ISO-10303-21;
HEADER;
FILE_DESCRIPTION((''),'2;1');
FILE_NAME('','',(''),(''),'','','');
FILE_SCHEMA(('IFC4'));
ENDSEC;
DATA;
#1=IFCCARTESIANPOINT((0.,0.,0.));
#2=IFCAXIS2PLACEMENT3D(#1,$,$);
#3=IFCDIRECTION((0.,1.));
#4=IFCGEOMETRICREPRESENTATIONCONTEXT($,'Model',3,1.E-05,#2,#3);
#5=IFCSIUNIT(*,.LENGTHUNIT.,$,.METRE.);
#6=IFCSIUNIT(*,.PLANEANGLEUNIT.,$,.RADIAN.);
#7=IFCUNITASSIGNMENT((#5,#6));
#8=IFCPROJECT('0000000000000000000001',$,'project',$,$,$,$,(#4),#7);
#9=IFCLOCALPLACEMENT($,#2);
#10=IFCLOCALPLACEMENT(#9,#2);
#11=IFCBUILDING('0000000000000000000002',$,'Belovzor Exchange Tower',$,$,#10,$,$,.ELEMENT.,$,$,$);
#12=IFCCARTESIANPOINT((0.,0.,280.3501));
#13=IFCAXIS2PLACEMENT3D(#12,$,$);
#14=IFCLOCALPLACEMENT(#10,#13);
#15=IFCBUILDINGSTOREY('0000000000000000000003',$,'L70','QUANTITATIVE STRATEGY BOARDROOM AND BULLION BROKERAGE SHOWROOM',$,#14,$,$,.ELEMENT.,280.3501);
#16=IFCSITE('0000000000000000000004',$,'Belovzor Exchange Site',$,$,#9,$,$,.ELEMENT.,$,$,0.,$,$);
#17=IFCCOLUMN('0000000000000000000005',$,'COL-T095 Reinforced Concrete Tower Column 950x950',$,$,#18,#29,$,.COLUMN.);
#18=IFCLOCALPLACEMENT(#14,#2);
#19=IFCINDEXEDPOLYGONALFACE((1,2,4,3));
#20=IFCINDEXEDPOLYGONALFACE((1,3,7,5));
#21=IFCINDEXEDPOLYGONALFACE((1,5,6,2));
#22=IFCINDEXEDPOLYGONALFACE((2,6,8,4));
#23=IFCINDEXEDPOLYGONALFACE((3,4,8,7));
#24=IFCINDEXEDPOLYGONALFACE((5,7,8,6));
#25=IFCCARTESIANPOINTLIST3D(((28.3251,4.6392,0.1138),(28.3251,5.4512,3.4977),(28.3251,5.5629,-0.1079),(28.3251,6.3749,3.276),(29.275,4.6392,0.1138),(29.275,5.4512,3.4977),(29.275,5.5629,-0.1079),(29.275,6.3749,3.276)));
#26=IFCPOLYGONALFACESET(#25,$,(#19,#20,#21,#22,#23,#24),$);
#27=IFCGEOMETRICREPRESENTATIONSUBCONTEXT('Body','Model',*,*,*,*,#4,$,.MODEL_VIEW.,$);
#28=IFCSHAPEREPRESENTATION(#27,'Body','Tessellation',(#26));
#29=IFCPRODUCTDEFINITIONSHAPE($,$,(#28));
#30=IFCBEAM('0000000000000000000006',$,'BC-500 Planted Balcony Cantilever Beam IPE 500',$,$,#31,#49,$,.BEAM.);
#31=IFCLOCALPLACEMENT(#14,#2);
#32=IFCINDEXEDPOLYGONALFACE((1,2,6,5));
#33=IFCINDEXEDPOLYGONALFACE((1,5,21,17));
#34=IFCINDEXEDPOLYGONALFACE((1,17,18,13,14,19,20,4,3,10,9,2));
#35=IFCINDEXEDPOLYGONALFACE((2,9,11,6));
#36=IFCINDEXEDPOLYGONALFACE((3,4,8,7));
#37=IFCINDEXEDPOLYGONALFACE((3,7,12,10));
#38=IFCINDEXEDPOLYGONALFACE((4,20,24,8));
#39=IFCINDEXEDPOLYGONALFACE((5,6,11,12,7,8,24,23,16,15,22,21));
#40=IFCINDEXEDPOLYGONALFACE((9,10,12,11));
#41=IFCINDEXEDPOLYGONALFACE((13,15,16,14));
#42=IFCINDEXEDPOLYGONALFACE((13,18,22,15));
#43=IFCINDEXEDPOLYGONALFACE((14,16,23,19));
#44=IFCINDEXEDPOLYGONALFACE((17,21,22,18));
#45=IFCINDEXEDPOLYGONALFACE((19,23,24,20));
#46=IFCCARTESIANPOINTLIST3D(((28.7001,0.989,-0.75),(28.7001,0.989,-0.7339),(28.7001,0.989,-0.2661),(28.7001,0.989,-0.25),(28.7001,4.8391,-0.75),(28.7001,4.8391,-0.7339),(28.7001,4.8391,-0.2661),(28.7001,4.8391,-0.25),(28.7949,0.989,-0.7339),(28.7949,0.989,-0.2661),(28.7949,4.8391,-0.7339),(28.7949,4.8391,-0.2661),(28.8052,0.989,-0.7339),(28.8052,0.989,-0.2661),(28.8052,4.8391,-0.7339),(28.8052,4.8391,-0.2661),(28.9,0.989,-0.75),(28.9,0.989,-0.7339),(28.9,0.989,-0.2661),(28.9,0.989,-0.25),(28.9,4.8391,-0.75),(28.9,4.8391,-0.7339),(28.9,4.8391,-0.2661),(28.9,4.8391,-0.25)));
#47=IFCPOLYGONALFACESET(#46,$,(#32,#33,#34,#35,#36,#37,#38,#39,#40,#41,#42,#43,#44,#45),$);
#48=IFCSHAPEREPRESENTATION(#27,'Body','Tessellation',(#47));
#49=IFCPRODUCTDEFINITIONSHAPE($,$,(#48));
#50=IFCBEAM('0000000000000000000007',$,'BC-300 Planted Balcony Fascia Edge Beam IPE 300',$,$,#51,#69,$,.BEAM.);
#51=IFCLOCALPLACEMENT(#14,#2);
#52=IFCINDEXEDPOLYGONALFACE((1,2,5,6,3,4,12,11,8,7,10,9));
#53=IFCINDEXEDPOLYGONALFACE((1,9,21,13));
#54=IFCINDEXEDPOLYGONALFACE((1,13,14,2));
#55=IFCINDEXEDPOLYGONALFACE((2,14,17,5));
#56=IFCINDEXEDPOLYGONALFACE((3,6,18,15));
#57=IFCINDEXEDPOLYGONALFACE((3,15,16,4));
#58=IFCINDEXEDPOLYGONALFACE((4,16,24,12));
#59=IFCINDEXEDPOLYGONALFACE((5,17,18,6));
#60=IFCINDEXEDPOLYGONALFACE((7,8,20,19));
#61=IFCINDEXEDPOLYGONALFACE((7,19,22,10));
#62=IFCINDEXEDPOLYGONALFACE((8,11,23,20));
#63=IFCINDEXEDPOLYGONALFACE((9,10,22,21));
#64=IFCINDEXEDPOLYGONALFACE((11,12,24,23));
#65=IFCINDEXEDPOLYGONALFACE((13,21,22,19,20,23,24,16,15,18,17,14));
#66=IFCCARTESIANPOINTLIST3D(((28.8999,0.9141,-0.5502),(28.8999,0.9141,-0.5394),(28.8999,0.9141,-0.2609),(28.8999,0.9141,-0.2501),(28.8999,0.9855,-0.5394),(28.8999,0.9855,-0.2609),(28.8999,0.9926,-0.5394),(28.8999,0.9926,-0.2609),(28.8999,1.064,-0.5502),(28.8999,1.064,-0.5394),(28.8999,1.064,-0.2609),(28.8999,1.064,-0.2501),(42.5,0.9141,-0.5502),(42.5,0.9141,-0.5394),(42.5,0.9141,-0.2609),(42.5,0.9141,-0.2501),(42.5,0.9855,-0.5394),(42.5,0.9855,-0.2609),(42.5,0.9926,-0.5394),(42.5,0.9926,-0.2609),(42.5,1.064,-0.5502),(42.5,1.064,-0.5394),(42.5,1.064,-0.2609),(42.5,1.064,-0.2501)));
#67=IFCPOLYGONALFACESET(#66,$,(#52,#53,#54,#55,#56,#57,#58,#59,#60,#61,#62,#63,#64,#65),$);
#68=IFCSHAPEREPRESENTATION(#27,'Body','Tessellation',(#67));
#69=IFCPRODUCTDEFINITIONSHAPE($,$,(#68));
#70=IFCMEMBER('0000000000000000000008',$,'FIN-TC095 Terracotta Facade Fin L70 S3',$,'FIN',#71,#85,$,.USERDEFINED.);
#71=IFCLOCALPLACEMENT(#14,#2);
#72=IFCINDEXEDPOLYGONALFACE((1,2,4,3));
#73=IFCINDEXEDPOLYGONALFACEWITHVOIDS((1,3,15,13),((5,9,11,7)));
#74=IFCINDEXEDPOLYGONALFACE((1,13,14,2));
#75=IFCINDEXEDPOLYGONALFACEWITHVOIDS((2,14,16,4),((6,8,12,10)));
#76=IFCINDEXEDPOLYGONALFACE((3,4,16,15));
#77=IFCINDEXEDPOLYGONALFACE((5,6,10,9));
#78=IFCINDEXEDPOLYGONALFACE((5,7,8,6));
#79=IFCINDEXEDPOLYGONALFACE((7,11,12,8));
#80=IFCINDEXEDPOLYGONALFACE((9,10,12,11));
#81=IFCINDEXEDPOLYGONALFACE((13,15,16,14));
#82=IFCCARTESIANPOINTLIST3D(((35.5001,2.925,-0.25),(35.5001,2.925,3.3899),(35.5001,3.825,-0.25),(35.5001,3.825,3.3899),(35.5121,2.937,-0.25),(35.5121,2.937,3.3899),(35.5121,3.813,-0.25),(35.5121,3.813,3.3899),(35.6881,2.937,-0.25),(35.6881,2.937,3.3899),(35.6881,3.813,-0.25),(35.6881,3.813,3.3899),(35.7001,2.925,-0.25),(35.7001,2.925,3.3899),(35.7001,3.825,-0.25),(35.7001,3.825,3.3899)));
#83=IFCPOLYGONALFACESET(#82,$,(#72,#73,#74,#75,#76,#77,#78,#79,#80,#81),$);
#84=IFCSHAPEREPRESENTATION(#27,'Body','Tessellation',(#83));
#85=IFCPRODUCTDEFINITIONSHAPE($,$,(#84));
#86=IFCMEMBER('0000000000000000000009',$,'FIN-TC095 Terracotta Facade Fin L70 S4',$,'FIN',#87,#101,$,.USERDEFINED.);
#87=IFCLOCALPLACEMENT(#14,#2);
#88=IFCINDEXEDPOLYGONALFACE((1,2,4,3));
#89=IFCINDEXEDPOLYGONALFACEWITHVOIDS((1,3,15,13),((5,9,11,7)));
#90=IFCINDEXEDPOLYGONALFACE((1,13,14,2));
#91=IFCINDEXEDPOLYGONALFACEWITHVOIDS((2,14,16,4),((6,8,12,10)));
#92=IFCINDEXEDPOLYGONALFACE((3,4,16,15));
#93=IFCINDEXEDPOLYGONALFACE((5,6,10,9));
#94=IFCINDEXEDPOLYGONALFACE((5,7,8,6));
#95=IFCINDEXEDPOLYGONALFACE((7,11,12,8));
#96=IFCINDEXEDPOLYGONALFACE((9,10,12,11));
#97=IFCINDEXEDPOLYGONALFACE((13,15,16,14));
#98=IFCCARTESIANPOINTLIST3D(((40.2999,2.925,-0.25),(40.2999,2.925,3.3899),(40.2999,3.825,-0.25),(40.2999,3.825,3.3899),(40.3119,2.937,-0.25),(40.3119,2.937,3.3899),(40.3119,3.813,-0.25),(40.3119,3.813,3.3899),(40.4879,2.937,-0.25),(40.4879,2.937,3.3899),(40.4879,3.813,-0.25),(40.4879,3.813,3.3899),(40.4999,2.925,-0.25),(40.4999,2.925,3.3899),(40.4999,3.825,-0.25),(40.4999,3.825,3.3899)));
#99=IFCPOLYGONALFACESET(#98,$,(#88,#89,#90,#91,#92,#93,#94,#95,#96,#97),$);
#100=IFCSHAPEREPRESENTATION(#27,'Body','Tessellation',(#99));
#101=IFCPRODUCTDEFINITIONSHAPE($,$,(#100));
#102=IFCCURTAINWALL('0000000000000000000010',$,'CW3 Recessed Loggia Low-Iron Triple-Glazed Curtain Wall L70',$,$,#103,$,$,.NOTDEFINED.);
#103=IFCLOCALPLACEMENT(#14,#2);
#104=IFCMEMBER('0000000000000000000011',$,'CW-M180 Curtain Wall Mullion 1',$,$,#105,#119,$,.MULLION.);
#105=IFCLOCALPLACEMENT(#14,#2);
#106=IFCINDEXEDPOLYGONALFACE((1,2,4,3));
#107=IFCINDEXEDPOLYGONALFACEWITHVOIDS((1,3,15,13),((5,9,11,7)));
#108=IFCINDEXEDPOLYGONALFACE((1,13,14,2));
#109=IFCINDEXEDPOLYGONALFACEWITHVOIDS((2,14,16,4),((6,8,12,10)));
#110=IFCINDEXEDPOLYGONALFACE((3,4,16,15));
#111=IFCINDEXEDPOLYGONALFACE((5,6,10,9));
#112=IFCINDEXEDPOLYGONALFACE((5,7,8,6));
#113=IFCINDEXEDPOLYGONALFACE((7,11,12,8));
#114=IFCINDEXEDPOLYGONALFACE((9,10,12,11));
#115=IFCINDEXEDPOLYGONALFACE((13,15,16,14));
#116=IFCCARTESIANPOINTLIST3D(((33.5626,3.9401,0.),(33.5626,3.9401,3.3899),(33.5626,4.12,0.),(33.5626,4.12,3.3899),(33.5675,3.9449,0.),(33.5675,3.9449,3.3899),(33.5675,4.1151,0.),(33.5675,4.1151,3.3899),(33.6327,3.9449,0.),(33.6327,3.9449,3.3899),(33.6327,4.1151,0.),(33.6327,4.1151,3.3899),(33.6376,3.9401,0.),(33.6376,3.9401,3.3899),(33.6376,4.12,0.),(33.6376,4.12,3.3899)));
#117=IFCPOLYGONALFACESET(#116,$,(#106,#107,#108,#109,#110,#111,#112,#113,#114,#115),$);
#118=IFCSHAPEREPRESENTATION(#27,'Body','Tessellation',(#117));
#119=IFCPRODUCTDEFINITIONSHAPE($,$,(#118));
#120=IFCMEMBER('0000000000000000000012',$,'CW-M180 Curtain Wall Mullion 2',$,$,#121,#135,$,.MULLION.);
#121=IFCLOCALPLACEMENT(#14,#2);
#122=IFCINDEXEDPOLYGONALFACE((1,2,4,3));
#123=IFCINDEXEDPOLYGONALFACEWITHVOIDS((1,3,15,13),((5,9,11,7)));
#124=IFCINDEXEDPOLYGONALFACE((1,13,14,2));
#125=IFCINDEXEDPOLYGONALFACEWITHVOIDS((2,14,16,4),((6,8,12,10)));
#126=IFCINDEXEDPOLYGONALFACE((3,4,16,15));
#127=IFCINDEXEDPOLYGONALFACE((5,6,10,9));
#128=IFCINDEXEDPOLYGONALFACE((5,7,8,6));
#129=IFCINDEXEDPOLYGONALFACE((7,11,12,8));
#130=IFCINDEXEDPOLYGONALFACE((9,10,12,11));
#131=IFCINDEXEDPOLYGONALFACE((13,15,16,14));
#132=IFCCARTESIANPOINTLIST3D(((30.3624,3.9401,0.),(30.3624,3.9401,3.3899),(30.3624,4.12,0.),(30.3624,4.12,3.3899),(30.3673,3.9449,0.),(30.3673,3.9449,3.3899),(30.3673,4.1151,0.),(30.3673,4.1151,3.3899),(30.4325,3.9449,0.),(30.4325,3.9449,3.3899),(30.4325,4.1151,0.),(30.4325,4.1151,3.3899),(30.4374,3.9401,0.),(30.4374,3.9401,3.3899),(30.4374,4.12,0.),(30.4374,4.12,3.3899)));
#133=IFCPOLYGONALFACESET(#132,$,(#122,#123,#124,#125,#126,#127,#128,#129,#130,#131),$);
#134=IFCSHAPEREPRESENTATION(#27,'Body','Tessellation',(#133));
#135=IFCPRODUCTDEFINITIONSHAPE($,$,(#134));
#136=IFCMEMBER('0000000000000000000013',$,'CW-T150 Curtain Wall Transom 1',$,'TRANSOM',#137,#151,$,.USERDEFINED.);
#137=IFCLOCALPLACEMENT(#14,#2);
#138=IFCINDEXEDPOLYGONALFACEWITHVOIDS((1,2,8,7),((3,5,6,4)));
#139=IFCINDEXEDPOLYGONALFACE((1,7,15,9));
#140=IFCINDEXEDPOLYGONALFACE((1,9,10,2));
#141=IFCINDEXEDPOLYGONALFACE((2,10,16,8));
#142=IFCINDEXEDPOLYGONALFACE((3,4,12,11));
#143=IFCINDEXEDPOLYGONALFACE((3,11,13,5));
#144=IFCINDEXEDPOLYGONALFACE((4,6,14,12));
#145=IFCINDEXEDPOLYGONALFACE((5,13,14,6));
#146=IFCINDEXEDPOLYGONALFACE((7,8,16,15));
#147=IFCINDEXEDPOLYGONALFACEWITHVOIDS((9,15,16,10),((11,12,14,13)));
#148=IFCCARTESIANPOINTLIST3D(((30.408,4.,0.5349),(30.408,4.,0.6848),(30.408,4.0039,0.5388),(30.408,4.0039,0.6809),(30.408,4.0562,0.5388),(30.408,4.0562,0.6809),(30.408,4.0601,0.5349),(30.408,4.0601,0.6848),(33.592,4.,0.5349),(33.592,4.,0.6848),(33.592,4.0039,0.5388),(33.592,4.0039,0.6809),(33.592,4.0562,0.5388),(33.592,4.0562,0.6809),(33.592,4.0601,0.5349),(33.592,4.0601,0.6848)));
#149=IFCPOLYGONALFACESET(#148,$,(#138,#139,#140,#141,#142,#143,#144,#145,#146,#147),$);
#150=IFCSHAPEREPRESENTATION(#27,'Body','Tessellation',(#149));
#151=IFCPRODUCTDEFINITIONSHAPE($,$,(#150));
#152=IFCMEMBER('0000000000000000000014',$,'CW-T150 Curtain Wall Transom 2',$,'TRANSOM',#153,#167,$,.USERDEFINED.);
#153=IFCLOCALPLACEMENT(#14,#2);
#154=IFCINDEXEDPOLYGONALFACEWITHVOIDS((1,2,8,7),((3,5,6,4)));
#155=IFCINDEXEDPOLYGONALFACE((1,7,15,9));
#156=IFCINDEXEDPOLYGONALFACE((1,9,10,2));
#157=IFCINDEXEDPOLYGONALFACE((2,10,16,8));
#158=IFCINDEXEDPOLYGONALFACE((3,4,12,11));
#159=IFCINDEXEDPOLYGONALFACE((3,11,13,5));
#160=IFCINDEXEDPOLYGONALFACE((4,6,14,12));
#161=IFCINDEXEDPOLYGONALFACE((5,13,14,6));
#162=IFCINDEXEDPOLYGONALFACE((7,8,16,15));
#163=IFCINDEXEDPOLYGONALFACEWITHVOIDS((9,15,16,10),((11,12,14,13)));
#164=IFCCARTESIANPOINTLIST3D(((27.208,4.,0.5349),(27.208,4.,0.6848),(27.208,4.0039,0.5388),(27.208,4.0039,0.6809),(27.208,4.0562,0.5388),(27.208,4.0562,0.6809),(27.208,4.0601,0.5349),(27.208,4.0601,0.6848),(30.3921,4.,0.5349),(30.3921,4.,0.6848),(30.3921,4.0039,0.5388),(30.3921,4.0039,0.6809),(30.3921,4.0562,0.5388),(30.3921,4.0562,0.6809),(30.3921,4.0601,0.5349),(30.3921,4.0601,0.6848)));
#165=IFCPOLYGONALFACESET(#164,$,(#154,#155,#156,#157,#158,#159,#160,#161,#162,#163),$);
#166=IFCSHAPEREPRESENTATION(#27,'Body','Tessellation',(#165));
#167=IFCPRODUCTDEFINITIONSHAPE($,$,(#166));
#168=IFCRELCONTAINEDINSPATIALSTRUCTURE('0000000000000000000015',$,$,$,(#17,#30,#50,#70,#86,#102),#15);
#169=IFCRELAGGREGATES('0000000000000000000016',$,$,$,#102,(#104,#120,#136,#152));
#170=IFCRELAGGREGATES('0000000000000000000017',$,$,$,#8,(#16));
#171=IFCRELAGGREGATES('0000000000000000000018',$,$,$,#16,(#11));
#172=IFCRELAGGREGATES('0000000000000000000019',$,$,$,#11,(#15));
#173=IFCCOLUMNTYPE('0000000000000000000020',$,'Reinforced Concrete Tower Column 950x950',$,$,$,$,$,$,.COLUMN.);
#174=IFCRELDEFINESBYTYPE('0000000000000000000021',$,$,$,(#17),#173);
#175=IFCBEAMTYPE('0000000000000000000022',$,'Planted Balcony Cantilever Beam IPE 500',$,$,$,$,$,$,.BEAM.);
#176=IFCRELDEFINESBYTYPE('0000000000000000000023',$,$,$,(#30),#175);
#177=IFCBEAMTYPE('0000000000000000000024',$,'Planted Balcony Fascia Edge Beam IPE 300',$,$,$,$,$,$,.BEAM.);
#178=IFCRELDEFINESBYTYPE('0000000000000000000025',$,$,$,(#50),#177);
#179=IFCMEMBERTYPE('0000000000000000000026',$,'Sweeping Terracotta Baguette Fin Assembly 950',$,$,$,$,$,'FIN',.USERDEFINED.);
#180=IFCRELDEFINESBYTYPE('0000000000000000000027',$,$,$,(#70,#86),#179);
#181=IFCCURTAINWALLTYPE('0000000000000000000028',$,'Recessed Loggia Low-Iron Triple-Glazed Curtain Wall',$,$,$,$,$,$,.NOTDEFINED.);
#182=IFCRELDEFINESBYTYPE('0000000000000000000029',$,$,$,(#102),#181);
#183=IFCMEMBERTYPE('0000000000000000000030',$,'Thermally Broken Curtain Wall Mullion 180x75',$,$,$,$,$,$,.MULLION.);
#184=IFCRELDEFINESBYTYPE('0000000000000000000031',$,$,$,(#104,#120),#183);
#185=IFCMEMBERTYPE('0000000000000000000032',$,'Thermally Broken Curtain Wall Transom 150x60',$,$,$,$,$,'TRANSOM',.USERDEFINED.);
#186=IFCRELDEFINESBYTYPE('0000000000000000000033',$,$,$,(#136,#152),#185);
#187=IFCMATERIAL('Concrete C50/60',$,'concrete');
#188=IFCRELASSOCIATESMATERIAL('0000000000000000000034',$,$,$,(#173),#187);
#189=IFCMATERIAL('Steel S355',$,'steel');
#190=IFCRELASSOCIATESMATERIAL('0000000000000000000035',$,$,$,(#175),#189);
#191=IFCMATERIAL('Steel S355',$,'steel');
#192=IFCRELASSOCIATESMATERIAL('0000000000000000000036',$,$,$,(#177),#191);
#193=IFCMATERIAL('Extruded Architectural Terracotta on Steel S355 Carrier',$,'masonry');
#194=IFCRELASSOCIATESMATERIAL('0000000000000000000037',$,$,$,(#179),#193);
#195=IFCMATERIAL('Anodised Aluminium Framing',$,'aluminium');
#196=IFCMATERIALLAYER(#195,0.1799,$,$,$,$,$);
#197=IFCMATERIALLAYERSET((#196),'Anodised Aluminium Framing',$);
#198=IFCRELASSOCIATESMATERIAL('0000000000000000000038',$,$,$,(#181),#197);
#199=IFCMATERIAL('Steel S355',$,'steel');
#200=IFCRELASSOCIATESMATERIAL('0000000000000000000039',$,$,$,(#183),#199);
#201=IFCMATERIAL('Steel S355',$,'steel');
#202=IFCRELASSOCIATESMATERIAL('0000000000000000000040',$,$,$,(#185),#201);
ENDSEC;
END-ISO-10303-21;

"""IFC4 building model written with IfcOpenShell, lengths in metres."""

from ifc_helpers import new_model, si_unit, direction, frame, origin, origin_2d, place, context, subcontext, project, spatial, rectangle, hollow_rectangle, i_section, extrude, material, layer, layer_set, material_profile, profile_set, type_object, element, aggregate, save


model = new_model("IFC4")

# Units and contexts
model_context = context("Model", 3, precision=1e-05, world=origin(), true_north=direction((0.0, 1.0)))
body_context = subcontext(model_context, "Body", "Model", "MODEL_VIEW")
ifc_project = project(units=[si_unit("LENGTHUNIT", "METRE"), si_unit("PLANEANGLEUNIT", "RADIAN")], contexts=[model_context])

# Site, building, storey
site_placement = place(None, origin())
site = spatial("IfcSite", under=ifc_project, at=site_placement, Name="Belovzor Exchange Site", CompositionType="ELEMENT", RefElevation=0.0)
building_placement = place(site_placement, origin())
building = spatial("IfcBuilding", under=site, at=building_placement, Name="Belovzor Exchange Tower", CompositionType="ELEMENT")
storey_placement = place(building_placement, frame((0.0, 0.0, 280.3501)))
storey = spatial("IfcBuildingStorey", under=building, at=storey_placement, Name="L70", Description="QUANTITATIVE STRATEGY BOARDROOM AND BULLION BROKERAGE SHOWROOM", CompositionType="ELEMENT", Elevation=280.3501)

# Column
ifc_material_1 = material(Name="Concrete C50/60", Category="concrete")
ifc_material_profile_1 = material_profile(ifc_material_1, rectangle(XDim=0.95, YDim=0.95, at=origin_2d()))
ifc_profile_set_1 = profile_set([ifc_material_profile_1], Name="Concrete C50/60")
column_type = type_object("IfcColumnType", Name="Reinforced Concrete Tower Column 950x950", PredefinedType="COLUMN", material=ifc_profile_set_1)
column_placement = place(storey_placement, frame((28.8, 5.1011, 0.0029), z_axis=(0.0, 0.23333, 0.972397), x_axis=(-1.0, 0.0, 0.0)))
element("IfcColumn", 1, at=column_placement, inside=storey, type_object=column_type, Name="COL-T095 Reinforced Concrete Tower Column 950x950", PredefinedType="COLUMN", context=body_context, shape_type="SweptSolid", body=[
    extrude(rectangle(XDim=0.95, YDim=0.95, at=origin_2d()), origin(), (0.0, 0.0, 1.0), 3.48),
])

# Beams
ifc_material_2 = material(Name="Steel S355", Category="steel")
ifc_material_profile_2 = material_profile(ifc_material_2, i_section(OverallWidth=0.2, OverallDepth=0.5, WebThickness=0.0103, FlangeThickness=0.0161, at=origin_2d()))
ifc_profile_set_2 = profile_set([ifc_material_profile_2], Name="Steel S355")
beam_type_1 = type_object("IfcBeamType", Name="Planted Balcony Cantilever Beam IPE 500", PredefinedType="BEAM", material=ifc_profile_set_2)
beam_1_placement = place(storey_placement, frame((28.8, 4.8391, -0.5), z_axis=(0.0, -1.0, 0.0), x_axis=(1.0, 0.0, 0.0)))
element("IfcBeam", 2, at=beam_1_placement, inside=storey, type_object=beam_type_1, Name="BC-500 Planted Balcony Cantilever Beam IPE 500", PredefinedType="BEAM", context=body_context, shape_type="SweptSolid", body=[
    extrude(i_section(OverallWidth=0.2, OverallDepth=0.5, WebThickness=0.0103, FlangeThickness=0.0161, at=origin_2d()), origin(), (0.0, 0.0, 1.0), 3.8501),
])
ifc_material_3 = material(Name="Steel S355", Category="steel")
ifc_material_profile_3 = material_profile(ifc_material_3, i_section(OverallWidth=0.1499, OverallDepth=0.3, WebThickness=0.0071, FlangeThickness=0.0107, at=origin_2d()))
ifc_profile_set_3 = profile_set([ifc_material_profile_3], Name="Steel S355")
beam_type_2 = type_object("IfcBeamType", Name="Planted Balcony Fascia Edge Beam IPE 300", PredefinedType="BEAM", material=ifc_profile_set_3)
beam_2_placement = place(storey_placement, frame((28.8999, 0.989, -0.4001), z_axis=(1.0, 0.0, 0.0), x_axis=(0.0, 1.0, 0.0)))
element("IfcBeam", 3, at=beam_2_placement, inside=storey, type_object=beam_type_2, Name="BC-300 Planted Balcony Fascia Edge Beam IPE 300", PredefinedType="BEAM", context=body_context, shape_type="SweptSolid", body=[
    extrude(i_section(OverallWidth=0.1499, OverallDepth=0.3, WebThickness=0.0071, FlangeThickness=0.0107, at=origin_2d()), origin(), (0.0, 0.0, 1.0), 13.6001),
])

# Members
ifc_material_4 = material(Name="Extruded Architectural Terracotta on Steel S355 Carrier", Category="masonry")
ifc_material_profile_4 = material_profile(ifc_material_4, hollow_rectangle(XDim=0.2, YDim=0.8999, WallThickness=0.012, at=origin_2d()))
ifc_profile_set_4 = profile_set([ifc_material_profile_4], Name="Extruded Architectural Terracotta on Steel S355 Carrier")
member_type_1 = type_object("IfcMemberType", Name="Sweeping Terracotta Baguette Fin Assembly 950", ElementType="FIN", PredefinedType="USERDEFINED", material=ifc_profile_set_4)
for number, where, z_axis, x_axis, name in (
    (4, (35.6001, 3.375, -0.25), (0.0, 0.0, 1.0), (1.0, 0.0, 0.0), "FIN-TC095 Terracotta Facade Fin L70 S3"),
    (5, (40.3999, 3.375, -0.25), (0.0, 0.0, 1.0), (1.0, 0.0, 0.0), "FIN-TC095 Terracotta Facade Fin L70 S4"),
):
    element("IfcMember", number, at=place(storey_placement, frame(where, z_axis=z_axis, x_axis=x_axis)), inside=storey, type_object=member_type_1, Name=name, ObjectType="FIN", PredefinedType="USERDEFINED", context=body_context, shape_type="SweptSolid", body=[
        extrude(hollow_rectangle(XDim=0.2, YDim=0.8999, WallThickness=0.012, at=origin_2d()), origin(), (0.0, 0.0, 1.0), 3.6399),
    ])

# Curtain wall, members
ifc_material_5 = material(Name="Anodised Aluminium Framing", Category="aluminium")
ifc_layer_1 = layer(ifc_material_5, 0.1799)
ifc_layer_set_1 = layer_set([ifc_layer_1], Name="Anodised Aluminium Framing")
curtain_wall_type = type_object("IfcCurtainWallType", Name="Recessed Loggia Low-Iron Triple-Glazed Curtain Wall", PredefinedType="NOTDEFINED", material=ifc_layer_set_1)
curtain_wall_placement = place(storey_placement, origin())
curtain_wall = element("IfcCurtainWall", 6, at=curtain_wall_placement, inside=storey, type_object=curtain_wall_type, Name="CW3 Recessed Loggia Low-Iron Triple-Glazed Curtain Wall L70", PredefinedType="NOTDEFINED")
ifc_material_6 = material(Name="Steel S355", Category="steel")
ifc_material_profile_5 = material_profile(ifc_material_6, hollow_rectangle(XDim=0.075, YDim=0.1799, WallThickness=0.0049, at=origin_2d()))
ifc_profile_set_5 = profile_set([ifc_material_profile_5], Name="Steel S355")
member_type_2 = type_object("IfcMemberType", Name="Thermally Broken Curtain Wall Mullion 180x75", PredefinedType="MULLION", material=ifc_profile_set_5)
member_1_placement = place(storey_placement, frame((33.6001, 4.03, 0.0), z_axis=(0.0, 0.0, 1.0), x_axis=(-1.0, 0.0, 0.0)))
member_1 = element("IfcMember", 7, at=member_1_placement, type_object=member_type_2, Name="CW-M180 Curtain Wall Mullion 1", PredefinedType="MULLION", context=body_context, shape_type="SweptSolid", body=[
    extrude(hollow_rectangle(XDim=0.075, YDim=0.1799, WallThickness=0.0049, at=origin_2d()), origin(), (0.0, 0.0, 1.0), 3.3899),
])
member_2_placement = place(storey_placement, frame((30.3999, 4.03, 0.0), z_axis=(0.0, 0.0, 1.0), x_axis=(-1.0, 0.0, 0.0)))
member_2 = element("IfcMember", 8, at=member_2_placement, type_object=member_type_2, Name="CW-M180 Curtain Wall Mullion 2", PredefinedType="MULLION", context=body_context, shape_type="SweptSolid", body=[
    extrude(hollow_rectangle(XDim=0.075, YDim=0.1799, WallThickness=0.0049, at=origin_2d()), origin(), (0.0, 0.0, 1.0), 3.3899),
])
ifc_material_7 = material(Name="Steel S355", Category="steel")
ifc_material_profile_6 = material_profile(ifc_material_7, hollow_rectangle(XDim=0.0601, YDim=0.1499, WallThickness=0.0039, at=origin_2d()))
ifc_profile_set_6 = profile_set([ifc_material_profile_6], Name="Steel S355")
member_type_3 = type_object("IfcMemberType", Name="Thermally Broken Curtain Wall Transom 150x60", ElementType="TRANSOM", PredefinedType="USERDEFINED", material=ifc_profile_set_6)
member_3_placement = place(storey_placement, frame((33.592, 4.03, 0.6099), z_axis=(-1.0, 0.0, 0.0), x_axis=(0.0, -1.0, 0.0)))
member_3 = element("IfcMember", 9, at=member_3_placement, type_object=member_type_3, Name="CW-T150 Curtain Wall Transom 1", ObjectType="TRANSOM", PredefinedType="USERDEFINED", context=body_context, shape_type="SweptSolid", body=[
    extrude(hollow_rectangle(XDim=0.0601, YDim=0.1499, WallThickness=0.0039, at=origin_2d()), origin(), (0.0, 0.0, 1.0), 3.1841),
])
member_4_placement = place(storey_placement, frame((30.3921, 4.03, 0.6099), z_axis=(-1.0, 0.0, 0.0), x_axis=(0.0, -1.0, 0.0)))
member_4 = element("IfcMember", 10, at=member_4_placement, type_object=member_type_3, Name="CW-T150 Curtain Wall Transom 2", ObjectType="TRANSOM", PredefinedType="USERDEFINED", context=body_context, shape_type="SweptSolid", body=[
    extrude(hollow_rectangle(XDim=0.0601, YDim=0.1499, WallThickness=0.0039, at=origin_2d()), origin(), (0.0, 0.0, 1.0), 3.1841),
])

aggregate(curtain_wall, [member_1, member_2, member_3, member_4])

save(model, "model.ifc")
